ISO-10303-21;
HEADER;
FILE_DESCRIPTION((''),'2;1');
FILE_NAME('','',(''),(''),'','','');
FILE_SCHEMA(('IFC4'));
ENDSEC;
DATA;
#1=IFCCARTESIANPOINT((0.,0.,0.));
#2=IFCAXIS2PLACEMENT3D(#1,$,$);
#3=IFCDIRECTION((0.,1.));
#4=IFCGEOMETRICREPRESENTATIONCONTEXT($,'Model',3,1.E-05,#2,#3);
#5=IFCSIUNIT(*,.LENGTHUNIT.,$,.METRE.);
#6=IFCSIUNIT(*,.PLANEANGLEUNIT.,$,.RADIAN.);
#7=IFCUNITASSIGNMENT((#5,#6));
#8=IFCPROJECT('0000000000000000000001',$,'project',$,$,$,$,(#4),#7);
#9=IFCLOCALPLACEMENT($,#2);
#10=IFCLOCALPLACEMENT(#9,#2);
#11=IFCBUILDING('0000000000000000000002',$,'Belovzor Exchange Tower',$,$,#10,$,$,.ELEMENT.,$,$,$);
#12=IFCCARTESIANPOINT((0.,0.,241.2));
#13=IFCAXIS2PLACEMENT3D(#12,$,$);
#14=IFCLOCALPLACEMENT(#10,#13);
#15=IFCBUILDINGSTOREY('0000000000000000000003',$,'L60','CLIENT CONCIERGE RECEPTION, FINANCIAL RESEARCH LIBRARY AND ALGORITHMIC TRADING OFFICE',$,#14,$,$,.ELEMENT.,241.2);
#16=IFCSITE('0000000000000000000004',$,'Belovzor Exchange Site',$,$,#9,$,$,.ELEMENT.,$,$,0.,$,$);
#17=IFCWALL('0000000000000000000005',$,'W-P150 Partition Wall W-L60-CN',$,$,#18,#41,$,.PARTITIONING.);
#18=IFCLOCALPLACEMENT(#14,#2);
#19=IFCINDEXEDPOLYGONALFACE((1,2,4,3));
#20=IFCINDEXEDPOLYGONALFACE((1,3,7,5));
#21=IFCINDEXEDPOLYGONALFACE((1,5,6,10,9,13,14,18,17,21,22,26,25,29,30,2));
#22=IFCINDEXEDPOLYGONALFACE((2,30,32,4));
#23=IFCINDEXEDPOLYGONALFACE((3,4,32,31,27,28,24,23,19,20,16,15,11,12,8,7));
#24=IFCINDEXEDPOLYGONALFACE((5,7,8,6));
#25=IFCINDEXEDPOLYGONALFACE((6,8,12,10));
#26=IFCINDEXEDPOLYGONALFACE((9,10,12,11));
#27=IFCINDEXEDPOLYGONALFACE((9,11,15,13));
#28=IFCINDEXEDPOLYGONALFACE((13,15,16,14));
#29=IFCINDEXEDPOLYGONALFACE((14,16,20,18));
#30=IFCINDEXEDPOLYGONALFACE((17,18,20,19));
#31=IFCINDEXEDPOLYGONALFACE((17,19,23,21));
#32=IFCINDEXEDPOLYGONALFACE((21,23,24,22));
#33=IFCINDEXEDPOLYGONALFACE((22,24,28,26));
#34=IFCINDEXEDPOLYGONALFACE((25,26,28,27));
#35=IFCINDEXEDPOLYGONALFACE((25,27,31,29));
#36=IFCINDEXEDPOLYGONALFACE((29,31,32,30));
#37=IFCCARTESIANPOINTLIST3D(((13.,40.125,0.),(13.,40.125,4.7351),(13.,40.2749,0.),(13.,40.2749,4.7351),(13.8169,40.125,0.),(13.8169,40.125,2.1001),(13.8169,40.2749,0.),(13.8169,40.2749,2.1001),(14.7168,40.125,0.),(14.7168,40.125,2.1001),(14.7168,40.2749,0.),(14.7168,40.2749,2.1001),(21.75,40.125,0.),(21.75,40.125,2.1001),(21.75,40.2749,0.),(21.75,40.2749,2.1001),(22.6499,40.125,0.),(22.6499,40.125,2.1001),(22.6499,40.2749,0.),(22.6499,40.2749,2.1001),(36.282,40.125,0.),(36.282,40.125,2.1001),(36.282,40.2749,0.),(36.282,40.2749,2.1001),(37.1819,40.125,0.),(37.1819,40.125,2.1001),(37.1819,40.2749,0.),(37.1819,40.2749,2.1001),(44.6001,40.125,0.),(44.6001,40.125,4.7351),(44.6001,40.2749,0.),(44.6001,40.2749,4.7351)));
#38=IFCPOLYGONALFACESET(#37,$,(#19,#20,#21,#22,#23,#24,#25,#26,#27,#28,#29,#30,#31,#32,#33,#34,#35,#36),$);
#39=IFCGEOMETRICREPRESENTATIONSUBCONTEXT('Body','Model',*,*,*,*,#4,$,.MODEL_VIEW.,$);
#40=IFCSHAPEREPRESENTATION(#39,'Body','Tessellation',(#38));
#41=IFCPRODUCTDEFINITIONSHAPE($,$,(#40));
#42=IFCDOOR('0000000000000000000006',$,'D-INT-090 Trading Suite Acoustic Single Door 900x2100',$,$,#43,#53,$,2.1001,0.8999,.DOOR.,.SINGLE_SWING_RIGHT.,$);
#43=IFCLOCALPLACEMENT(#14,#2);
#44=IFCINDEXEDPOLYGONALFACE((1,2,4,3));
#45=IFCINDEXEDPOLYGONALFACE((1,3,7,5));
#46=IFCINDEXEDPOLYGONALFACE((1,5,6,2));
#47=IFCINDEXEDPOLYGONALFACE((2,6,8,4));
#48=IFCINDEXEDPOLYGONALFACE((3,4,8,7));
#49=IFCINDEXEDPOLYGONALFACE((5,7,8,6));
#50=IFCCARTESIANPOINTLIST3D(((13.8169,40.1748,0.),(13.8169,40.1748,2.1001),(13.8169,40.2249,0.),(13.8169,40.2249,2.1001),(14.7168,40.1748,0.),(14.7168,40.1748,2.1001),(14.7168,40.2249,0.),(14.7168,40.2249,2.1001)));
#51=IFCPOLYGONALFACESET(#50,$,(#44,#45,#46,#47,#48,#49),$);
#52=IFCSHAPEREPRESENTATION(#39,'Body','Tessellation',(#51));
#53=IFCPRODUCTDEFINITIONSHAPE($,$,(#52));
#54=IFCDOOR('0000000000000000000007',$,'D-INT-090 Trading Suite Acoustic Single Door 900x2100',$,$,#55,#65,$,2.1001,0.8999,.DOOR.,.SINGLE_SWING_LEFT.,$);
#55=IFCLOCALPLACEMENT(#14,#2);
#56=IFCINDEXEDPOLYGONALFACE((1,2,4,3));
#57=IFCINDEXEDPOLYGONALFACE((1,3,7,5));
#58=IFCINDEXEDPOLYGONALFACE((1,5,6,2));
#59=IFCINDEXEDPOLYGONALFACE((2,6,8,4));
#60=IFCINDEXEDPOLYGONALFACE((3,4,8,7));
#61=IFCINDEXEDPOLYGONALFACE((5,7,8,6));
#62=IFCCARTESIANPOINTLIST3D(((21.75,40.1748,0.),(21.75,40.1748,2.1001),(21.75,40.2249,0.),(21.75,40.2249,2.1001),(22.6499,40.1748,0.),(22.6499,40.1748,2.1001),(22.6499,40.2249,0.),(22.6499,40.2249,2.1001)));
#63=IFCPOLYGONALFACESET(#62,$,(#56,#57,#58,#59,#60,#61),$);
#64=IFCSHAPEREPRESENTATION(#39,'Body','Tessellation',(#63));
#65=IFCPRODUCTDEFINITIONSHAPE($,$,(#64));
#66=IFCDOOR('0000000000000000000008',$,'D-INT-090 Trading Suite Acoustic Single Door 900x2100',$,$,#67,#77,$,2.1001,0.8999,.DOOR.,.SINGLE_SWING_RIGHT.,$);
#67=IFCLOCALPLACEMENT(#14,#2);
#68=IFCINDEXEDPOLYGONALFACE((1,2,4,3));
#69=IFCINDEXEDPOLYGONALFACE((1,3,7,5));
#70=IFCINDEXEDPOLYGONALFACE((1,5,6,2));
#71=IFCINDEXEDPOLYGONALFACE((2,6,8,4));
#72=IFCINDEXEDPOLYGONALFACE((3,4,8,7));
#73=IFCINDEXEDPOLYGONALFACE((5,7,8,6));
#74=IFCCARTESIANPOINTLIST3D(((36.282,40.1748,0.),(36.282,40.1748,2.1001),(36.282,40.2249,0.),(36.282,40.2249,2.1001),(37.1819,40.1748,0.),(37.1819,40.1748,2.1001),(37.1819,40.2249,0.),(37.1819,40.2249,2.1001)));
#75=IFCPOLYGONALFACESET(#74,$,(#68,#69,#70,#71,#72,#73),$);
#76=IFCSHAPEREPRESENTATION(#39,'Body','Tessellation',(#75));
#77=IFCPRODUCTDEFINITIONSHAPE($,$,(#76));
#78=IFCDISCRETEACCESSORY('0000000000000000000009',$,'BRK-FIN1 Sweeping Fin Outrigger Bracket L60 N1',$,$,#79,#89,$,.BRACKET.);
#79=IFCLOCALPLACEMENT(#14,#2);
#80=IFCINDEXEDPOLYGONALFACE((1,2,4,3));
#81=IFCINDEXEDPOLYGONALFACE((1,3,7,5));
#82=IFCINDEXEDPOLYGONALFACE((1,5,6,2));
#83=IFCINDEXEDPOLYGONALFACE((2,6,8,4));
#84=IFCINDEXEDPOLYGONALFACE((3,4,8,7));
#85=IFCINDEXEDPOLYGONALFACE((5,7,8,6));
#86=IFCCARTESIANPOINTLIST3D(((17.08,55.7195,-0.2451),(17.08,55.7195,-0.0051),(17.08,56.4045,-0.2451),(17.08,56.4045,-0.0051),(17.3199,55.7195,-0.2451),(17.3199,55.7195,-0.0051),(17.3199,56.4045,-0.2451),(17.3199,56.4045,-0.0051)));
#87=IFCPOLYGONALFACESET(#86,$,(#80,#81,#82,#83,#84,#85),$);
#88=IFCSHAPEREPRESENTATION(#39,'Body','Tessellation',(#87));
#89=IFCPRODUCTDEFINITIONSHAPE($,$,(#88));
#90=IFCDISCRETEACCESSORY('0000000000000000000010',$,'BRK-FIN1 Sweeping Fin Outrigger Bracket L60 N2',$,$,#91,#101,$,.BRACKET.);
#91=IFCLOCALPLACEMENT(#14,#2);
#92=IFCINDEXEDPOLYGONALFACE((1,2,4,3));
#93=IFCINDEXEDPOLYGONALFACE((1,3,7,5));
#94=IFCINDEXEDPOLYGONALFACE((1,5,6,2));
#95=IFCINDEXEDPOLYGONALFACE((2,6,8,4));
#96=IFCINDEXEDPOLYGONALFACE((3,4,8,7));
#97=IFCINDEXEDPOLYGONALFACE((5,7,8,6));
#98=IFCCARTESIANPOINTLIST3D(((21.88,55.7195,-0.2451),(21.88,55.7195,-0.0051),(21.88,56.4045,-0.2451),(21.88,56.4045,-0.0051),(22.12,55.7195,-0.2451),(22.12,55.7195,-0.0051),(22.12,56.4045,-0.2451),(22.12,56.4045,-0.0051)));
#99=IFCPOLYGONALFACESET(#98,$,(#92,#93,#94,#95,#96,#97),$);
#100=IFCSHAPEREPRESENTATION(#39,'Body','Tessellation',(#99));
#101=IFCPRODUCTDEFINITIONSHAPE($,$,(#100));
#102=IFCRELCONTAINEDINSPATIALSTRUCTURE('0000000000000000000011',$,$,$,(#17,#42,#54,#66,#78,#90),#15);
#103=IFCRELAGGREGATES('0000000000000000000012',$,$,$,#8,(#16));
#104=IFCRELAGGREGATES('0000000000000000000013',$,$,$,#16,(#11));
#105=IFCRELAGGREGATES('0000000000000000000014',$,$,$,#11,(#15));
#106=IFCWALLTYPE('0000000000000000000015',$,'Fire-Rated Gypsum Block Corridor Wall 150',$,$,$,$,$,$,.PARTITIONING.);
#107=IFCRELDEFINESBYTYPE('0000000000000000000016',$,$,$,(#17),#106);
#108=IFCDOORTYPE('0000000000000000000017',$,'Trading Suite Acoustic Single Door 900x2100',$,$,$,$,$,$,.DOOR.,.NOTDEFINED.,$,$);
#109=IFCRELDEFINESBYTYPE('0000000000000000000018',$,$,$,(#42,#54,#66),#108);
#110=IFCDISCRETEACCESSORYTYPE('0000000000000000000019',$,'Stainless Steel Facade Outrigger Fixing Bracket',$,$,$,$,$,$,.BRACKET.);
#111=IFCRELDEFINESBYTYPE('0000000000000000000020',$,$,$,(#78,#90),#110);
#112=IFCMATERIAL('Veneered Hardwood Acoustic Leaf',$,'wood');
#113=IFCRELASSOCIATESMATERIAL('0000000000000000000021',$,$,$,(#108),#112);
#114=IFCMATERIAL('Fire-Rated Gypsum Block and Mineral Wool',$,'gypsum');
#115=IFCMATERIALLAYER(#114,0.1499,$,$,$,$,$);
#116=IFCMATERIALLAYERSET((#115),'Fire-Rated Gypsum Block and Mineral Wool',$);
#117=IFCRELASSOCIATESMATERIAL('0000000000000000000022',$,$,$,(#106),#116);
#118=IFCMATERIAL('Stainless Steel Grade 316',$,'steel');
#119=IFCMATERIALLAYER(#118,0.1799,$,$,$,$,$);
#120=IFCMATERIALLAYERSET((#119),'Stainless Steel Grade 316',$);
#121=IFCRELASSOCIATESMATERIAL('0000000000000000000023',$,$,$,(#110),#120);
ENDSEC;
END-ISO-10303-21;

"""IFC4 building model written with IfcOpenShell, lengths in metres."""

from ifc_helpers import new_model, si_unit, direction, frame, frame_2d, origin, origin_2d, place, context, subcontext, project, spatial, rectangle, extrude, material, layer, layer_set, type_object, element, fill, save


model = new_model("IFC4")

# Units and contexts
model_context = context("Model", 3, precision=1e-05, world=origin(), true_north=direction((0.0, 1.0)))
body_context = subcontext(model_context, "Body", "Model", "MODEL_VIEW")
ifc_project = project(units=[si_unit("LENGTHUNIT", "METRE"), si_unit("PLANEANGLEUNIT", "RADIAN")], contexts=[model_context])

# Site, building, storey
site_placement = place(None, origin())
site = spatial("IfcSite", under=ifc_project, at=site_placement, Name="Belovzor Exchange Site", CompositionType="ELEMENT", RefElevation=0.0)
building_placement = place(site_placement, origin())
building = spatial("IfcBuilding", under=site, at=building_placement, Name="Belovzor Exchange Tower", CompositionType="ELEMENT")
storey_placement = place(building_placement, frame((0.0, 0.0, 241.2)))
storey = spatial("IfcBuildingStorey", under=building, at=storey_placement, Name="L60", Description="CLIENT CONCIERGE RECEPTION, FINANCIAL RESEARCH LIBRARY AND ALGORITHMIC TRADING OFFICE", CompositionType="ELEMENT", Elevation=241.2)

# Shared definitions
ifc_material_1 = material(Name="Veneered Hardwood Acoustic Leaf", Category="wood")
door_type = type_object("IfcDoorType", Name="Trading Suite Acoustic Single Door 900x2100", OperationType="NOTDEFINED", PredefinedType="DOOR", material=ifc_material_1)

# Wall, openings, doors
ifc_material_2 = material(Name="Fire-Rated Gypsum Block and Mineral Wool", Category="gypsum")
ifc_layer_1 = layer(ifc_material_2, 0.1499)
ifc_layer_set_1 = layer_set([ifc_layer_1], Name="Fire-Rated Gypsum Block and Mineral Wool")
wall_type_1 = type_object("IfcWallType", Name="Fire-Rated Gypsum Block Corridor Wall 150", PredefinedType="PARTITIONING", material=ifc_layer_set_1)
wall_1_placement = place(storey_placement, frame((13.0, 40.2, 0.0), z_axis=(0.0, 0.0, 1.0), x_axis=(1.0, 0.0, 0.0)))
wall_1 = element("IfcWall", 1, at=wall_1_placement, inside=storey, type_object=wall_type_1, Name="W-P150 Partition Wall W-L60-CN", PredefinedType="PARTITIONING", context=body_context, shape_type="SweptSolid", body=[
    extrude(rectangle(XDim=31.6001, YDim=0.1499, at=frame_2d((15.8, 0.0))), origin(), (0.0, 0.0, 1.0), 4.7351),
])
opening_1_placement = place(wall_1_placement, frame((0.8169, 0.0, 0.0)))
opening_1 = element("IfcOpeningElement", 2, at=opening_1_placement, cuts=wall_1, PredefinedType="OPENING", context=body_context, shape_type="SweptSolid", body=[
    extrude(rectangle(XDim=0.8999, YDim=2.1001, at=frame_2d((0.45, 1.05))), frame((0.0, 0.085, 0.0), z_axis=(0.0, -1.0, 0.0), x_axis=(1.0, 0.0, 0.0)), (0.0, 0.0, 1.0), 0.1699),
])
opening_2_placement = place(wall_1_placement, frame((8.75, 0.0, 0.0)))
opening_2 = element("IfcOpeningElement", 3, at=opening_2_placement, cuts=wall_1, PredefinedType="OPENING", context=body_context, shape_type="SweptSolid", body=[
    extrude(rectangle(XDim=0.8999, YDim=2.1001, at=frame_2d((0.45, 1.05))), frame((0.0, 0.085, 0.0), z_axis=(0.0, -1.0, 0.0), x_axis=(1.0, 0.0, 0.0)), (0.0, 0.0, 1.0), 0.1699),
])
opening_3_placement = place(wall_1_placement, frame((23.282, 0.0, 0.0)))
opening_3 = element("IfcOpeningElement", 4, at=opening_3_placement, cuts=wall_1, PredefinedType="OPENING", context=body_context, shape_type="SweptSolid", body=[
    extrude(rectangle(XDim=0.8999, YDim=2.1001, at=frame_2d((0.45, 1.05))), frame((0.0, 0.085, 0.0), z_axis=(0.0, -1.0, 0.0), x_axis=(1.0, 0.0, 0.0)), (0.0, 0.0, 1.0), 0.1699),
])
door_1_placement = place(opening_1_placement, origin())
door_1 = element("IfcDoor", 5, at=door_1_placement, inside=storey, type_object=door_type, Name="D-INT-090 Trading Suite Acoustic Single Door 900x2100", OperationType="SINGLE_SWING_RIGHT", OverallHeight=2.1001, OverallWidth=0.8999, PredefinedType="DOOR", context=body_context, shape_type="SweptSolid", body=[
    extrude(rectangle(XDim=0.8999, YDim=2.1001, at=frame_2d((0.45, 1.05))), frame((0.0, 0.0249, 0.0), z_axis=(0.0, -1.0, 0.0), x_axis=(1.0, 0.0, 0.0)), (0.0, 0.0, 1.0), 0.05),
])
fill(opening_1, door_1)
door_2_placement = place(opening_2_placement, origin())
door_2 = element("IfcDoor", 6, at=door_2_placement, inside=storey, type_object=door_type, Name="D-INT-090 Trading Suite Acoustic Single Door 900x2100", OperationType="SINGLE_SWING_LEFT", OverallHeight=2.1001, OverallWidth=0.8999, PredefinedType="DOOR", context=body_context, shape_type="SweptSolid", body=[
    extrude(rectangle(XDim=0.8999, YDim=2.1001, at=frame_2d((0.45, 1.05))), frame((0.0, 0.0249, 0.0), z_axis=(0.0, -1.0, 0.0), x_axis=(1.0, 0.0, 0.0)), (0.0, 0.0, 1.0), 0.05),
])
fill(opening_2, door_2)
door_3_placement = place(opening_3_placement, origin())
door_3 = element("IfcDoor", 7, at=door_3_placement, inside=storey, type_object=door_type, Name="D-INT-090 Trading Suite Acoustic Single Door 900x2100", OperationType="SINGLE_SWING_RIGHT", OverallHeight=2.1001, OverallWidth=0.8999, PredefinedType="DOOR", context=body_context, shape_type="SweptSolid", body=[
    extrude(rectangle(XDim=0.8999, YDim=2.1001, at=frame_2d((0.45, 1.05))), frame((0.0, 0.0249, 0.0), z_axis=(0.0, -1.0, 0.0), x_axis=(1.0, 0.0, 0.0)), (0.0, 0.0, 1.0), 0.05),
])
fill(opening_3, door_3)

# Discrete accessories
ifc_material_3 = material(Name="Stainless Steel Grade 316", Category="steel")
ifc_layer_2 = layer(ifc_material_3, 0.1799)
ifc_layer_set_2 = layer_set([ifc_layer_2], Name="Stainless Steel Grade 316")
discrete_accessory_type = type_object("IfcDiscreteAccessoryType", Name="Stainless Steel Facade Outrigger Fixing Bracket", PredefinedType="BRACKET", material=ifc_layer_set_2)
for number, where, z_axis, x_axis, name in (
    (8, (17.2, 56.062, -0.2451), (0.0, 0.0, 1.0), (0.0, 1.0, 0.0), "BRK-FIN1 Sweeping Fin Outrigger Bracket L60 N1"),
    (9, (22.0, 56.062, -0.2451), (0.0, 0.0, 1.0), (0.0, 1.0, 0.0), "BRK-FIN1 Sweeping Fin Outrigger Bracket L60 N2"),
):
    element("IfcDiscreteAccessory", number, at=place(storey_placement, frame(where, z_axis=z_axis, x_axis=x_axis)), inside=storey, type_object=discrete_accessory_type, Name=name, PredefinedType="BRACKET", context=body_context, shape_type="SweptSolid", body=[
        extrude(rectangle(XDim=0.6851, YDim=0.24, at=origin_2d()), origin(), (0.0, 0.0, 1.0), 0.24),
    ])

save(model, "model.ifc")
